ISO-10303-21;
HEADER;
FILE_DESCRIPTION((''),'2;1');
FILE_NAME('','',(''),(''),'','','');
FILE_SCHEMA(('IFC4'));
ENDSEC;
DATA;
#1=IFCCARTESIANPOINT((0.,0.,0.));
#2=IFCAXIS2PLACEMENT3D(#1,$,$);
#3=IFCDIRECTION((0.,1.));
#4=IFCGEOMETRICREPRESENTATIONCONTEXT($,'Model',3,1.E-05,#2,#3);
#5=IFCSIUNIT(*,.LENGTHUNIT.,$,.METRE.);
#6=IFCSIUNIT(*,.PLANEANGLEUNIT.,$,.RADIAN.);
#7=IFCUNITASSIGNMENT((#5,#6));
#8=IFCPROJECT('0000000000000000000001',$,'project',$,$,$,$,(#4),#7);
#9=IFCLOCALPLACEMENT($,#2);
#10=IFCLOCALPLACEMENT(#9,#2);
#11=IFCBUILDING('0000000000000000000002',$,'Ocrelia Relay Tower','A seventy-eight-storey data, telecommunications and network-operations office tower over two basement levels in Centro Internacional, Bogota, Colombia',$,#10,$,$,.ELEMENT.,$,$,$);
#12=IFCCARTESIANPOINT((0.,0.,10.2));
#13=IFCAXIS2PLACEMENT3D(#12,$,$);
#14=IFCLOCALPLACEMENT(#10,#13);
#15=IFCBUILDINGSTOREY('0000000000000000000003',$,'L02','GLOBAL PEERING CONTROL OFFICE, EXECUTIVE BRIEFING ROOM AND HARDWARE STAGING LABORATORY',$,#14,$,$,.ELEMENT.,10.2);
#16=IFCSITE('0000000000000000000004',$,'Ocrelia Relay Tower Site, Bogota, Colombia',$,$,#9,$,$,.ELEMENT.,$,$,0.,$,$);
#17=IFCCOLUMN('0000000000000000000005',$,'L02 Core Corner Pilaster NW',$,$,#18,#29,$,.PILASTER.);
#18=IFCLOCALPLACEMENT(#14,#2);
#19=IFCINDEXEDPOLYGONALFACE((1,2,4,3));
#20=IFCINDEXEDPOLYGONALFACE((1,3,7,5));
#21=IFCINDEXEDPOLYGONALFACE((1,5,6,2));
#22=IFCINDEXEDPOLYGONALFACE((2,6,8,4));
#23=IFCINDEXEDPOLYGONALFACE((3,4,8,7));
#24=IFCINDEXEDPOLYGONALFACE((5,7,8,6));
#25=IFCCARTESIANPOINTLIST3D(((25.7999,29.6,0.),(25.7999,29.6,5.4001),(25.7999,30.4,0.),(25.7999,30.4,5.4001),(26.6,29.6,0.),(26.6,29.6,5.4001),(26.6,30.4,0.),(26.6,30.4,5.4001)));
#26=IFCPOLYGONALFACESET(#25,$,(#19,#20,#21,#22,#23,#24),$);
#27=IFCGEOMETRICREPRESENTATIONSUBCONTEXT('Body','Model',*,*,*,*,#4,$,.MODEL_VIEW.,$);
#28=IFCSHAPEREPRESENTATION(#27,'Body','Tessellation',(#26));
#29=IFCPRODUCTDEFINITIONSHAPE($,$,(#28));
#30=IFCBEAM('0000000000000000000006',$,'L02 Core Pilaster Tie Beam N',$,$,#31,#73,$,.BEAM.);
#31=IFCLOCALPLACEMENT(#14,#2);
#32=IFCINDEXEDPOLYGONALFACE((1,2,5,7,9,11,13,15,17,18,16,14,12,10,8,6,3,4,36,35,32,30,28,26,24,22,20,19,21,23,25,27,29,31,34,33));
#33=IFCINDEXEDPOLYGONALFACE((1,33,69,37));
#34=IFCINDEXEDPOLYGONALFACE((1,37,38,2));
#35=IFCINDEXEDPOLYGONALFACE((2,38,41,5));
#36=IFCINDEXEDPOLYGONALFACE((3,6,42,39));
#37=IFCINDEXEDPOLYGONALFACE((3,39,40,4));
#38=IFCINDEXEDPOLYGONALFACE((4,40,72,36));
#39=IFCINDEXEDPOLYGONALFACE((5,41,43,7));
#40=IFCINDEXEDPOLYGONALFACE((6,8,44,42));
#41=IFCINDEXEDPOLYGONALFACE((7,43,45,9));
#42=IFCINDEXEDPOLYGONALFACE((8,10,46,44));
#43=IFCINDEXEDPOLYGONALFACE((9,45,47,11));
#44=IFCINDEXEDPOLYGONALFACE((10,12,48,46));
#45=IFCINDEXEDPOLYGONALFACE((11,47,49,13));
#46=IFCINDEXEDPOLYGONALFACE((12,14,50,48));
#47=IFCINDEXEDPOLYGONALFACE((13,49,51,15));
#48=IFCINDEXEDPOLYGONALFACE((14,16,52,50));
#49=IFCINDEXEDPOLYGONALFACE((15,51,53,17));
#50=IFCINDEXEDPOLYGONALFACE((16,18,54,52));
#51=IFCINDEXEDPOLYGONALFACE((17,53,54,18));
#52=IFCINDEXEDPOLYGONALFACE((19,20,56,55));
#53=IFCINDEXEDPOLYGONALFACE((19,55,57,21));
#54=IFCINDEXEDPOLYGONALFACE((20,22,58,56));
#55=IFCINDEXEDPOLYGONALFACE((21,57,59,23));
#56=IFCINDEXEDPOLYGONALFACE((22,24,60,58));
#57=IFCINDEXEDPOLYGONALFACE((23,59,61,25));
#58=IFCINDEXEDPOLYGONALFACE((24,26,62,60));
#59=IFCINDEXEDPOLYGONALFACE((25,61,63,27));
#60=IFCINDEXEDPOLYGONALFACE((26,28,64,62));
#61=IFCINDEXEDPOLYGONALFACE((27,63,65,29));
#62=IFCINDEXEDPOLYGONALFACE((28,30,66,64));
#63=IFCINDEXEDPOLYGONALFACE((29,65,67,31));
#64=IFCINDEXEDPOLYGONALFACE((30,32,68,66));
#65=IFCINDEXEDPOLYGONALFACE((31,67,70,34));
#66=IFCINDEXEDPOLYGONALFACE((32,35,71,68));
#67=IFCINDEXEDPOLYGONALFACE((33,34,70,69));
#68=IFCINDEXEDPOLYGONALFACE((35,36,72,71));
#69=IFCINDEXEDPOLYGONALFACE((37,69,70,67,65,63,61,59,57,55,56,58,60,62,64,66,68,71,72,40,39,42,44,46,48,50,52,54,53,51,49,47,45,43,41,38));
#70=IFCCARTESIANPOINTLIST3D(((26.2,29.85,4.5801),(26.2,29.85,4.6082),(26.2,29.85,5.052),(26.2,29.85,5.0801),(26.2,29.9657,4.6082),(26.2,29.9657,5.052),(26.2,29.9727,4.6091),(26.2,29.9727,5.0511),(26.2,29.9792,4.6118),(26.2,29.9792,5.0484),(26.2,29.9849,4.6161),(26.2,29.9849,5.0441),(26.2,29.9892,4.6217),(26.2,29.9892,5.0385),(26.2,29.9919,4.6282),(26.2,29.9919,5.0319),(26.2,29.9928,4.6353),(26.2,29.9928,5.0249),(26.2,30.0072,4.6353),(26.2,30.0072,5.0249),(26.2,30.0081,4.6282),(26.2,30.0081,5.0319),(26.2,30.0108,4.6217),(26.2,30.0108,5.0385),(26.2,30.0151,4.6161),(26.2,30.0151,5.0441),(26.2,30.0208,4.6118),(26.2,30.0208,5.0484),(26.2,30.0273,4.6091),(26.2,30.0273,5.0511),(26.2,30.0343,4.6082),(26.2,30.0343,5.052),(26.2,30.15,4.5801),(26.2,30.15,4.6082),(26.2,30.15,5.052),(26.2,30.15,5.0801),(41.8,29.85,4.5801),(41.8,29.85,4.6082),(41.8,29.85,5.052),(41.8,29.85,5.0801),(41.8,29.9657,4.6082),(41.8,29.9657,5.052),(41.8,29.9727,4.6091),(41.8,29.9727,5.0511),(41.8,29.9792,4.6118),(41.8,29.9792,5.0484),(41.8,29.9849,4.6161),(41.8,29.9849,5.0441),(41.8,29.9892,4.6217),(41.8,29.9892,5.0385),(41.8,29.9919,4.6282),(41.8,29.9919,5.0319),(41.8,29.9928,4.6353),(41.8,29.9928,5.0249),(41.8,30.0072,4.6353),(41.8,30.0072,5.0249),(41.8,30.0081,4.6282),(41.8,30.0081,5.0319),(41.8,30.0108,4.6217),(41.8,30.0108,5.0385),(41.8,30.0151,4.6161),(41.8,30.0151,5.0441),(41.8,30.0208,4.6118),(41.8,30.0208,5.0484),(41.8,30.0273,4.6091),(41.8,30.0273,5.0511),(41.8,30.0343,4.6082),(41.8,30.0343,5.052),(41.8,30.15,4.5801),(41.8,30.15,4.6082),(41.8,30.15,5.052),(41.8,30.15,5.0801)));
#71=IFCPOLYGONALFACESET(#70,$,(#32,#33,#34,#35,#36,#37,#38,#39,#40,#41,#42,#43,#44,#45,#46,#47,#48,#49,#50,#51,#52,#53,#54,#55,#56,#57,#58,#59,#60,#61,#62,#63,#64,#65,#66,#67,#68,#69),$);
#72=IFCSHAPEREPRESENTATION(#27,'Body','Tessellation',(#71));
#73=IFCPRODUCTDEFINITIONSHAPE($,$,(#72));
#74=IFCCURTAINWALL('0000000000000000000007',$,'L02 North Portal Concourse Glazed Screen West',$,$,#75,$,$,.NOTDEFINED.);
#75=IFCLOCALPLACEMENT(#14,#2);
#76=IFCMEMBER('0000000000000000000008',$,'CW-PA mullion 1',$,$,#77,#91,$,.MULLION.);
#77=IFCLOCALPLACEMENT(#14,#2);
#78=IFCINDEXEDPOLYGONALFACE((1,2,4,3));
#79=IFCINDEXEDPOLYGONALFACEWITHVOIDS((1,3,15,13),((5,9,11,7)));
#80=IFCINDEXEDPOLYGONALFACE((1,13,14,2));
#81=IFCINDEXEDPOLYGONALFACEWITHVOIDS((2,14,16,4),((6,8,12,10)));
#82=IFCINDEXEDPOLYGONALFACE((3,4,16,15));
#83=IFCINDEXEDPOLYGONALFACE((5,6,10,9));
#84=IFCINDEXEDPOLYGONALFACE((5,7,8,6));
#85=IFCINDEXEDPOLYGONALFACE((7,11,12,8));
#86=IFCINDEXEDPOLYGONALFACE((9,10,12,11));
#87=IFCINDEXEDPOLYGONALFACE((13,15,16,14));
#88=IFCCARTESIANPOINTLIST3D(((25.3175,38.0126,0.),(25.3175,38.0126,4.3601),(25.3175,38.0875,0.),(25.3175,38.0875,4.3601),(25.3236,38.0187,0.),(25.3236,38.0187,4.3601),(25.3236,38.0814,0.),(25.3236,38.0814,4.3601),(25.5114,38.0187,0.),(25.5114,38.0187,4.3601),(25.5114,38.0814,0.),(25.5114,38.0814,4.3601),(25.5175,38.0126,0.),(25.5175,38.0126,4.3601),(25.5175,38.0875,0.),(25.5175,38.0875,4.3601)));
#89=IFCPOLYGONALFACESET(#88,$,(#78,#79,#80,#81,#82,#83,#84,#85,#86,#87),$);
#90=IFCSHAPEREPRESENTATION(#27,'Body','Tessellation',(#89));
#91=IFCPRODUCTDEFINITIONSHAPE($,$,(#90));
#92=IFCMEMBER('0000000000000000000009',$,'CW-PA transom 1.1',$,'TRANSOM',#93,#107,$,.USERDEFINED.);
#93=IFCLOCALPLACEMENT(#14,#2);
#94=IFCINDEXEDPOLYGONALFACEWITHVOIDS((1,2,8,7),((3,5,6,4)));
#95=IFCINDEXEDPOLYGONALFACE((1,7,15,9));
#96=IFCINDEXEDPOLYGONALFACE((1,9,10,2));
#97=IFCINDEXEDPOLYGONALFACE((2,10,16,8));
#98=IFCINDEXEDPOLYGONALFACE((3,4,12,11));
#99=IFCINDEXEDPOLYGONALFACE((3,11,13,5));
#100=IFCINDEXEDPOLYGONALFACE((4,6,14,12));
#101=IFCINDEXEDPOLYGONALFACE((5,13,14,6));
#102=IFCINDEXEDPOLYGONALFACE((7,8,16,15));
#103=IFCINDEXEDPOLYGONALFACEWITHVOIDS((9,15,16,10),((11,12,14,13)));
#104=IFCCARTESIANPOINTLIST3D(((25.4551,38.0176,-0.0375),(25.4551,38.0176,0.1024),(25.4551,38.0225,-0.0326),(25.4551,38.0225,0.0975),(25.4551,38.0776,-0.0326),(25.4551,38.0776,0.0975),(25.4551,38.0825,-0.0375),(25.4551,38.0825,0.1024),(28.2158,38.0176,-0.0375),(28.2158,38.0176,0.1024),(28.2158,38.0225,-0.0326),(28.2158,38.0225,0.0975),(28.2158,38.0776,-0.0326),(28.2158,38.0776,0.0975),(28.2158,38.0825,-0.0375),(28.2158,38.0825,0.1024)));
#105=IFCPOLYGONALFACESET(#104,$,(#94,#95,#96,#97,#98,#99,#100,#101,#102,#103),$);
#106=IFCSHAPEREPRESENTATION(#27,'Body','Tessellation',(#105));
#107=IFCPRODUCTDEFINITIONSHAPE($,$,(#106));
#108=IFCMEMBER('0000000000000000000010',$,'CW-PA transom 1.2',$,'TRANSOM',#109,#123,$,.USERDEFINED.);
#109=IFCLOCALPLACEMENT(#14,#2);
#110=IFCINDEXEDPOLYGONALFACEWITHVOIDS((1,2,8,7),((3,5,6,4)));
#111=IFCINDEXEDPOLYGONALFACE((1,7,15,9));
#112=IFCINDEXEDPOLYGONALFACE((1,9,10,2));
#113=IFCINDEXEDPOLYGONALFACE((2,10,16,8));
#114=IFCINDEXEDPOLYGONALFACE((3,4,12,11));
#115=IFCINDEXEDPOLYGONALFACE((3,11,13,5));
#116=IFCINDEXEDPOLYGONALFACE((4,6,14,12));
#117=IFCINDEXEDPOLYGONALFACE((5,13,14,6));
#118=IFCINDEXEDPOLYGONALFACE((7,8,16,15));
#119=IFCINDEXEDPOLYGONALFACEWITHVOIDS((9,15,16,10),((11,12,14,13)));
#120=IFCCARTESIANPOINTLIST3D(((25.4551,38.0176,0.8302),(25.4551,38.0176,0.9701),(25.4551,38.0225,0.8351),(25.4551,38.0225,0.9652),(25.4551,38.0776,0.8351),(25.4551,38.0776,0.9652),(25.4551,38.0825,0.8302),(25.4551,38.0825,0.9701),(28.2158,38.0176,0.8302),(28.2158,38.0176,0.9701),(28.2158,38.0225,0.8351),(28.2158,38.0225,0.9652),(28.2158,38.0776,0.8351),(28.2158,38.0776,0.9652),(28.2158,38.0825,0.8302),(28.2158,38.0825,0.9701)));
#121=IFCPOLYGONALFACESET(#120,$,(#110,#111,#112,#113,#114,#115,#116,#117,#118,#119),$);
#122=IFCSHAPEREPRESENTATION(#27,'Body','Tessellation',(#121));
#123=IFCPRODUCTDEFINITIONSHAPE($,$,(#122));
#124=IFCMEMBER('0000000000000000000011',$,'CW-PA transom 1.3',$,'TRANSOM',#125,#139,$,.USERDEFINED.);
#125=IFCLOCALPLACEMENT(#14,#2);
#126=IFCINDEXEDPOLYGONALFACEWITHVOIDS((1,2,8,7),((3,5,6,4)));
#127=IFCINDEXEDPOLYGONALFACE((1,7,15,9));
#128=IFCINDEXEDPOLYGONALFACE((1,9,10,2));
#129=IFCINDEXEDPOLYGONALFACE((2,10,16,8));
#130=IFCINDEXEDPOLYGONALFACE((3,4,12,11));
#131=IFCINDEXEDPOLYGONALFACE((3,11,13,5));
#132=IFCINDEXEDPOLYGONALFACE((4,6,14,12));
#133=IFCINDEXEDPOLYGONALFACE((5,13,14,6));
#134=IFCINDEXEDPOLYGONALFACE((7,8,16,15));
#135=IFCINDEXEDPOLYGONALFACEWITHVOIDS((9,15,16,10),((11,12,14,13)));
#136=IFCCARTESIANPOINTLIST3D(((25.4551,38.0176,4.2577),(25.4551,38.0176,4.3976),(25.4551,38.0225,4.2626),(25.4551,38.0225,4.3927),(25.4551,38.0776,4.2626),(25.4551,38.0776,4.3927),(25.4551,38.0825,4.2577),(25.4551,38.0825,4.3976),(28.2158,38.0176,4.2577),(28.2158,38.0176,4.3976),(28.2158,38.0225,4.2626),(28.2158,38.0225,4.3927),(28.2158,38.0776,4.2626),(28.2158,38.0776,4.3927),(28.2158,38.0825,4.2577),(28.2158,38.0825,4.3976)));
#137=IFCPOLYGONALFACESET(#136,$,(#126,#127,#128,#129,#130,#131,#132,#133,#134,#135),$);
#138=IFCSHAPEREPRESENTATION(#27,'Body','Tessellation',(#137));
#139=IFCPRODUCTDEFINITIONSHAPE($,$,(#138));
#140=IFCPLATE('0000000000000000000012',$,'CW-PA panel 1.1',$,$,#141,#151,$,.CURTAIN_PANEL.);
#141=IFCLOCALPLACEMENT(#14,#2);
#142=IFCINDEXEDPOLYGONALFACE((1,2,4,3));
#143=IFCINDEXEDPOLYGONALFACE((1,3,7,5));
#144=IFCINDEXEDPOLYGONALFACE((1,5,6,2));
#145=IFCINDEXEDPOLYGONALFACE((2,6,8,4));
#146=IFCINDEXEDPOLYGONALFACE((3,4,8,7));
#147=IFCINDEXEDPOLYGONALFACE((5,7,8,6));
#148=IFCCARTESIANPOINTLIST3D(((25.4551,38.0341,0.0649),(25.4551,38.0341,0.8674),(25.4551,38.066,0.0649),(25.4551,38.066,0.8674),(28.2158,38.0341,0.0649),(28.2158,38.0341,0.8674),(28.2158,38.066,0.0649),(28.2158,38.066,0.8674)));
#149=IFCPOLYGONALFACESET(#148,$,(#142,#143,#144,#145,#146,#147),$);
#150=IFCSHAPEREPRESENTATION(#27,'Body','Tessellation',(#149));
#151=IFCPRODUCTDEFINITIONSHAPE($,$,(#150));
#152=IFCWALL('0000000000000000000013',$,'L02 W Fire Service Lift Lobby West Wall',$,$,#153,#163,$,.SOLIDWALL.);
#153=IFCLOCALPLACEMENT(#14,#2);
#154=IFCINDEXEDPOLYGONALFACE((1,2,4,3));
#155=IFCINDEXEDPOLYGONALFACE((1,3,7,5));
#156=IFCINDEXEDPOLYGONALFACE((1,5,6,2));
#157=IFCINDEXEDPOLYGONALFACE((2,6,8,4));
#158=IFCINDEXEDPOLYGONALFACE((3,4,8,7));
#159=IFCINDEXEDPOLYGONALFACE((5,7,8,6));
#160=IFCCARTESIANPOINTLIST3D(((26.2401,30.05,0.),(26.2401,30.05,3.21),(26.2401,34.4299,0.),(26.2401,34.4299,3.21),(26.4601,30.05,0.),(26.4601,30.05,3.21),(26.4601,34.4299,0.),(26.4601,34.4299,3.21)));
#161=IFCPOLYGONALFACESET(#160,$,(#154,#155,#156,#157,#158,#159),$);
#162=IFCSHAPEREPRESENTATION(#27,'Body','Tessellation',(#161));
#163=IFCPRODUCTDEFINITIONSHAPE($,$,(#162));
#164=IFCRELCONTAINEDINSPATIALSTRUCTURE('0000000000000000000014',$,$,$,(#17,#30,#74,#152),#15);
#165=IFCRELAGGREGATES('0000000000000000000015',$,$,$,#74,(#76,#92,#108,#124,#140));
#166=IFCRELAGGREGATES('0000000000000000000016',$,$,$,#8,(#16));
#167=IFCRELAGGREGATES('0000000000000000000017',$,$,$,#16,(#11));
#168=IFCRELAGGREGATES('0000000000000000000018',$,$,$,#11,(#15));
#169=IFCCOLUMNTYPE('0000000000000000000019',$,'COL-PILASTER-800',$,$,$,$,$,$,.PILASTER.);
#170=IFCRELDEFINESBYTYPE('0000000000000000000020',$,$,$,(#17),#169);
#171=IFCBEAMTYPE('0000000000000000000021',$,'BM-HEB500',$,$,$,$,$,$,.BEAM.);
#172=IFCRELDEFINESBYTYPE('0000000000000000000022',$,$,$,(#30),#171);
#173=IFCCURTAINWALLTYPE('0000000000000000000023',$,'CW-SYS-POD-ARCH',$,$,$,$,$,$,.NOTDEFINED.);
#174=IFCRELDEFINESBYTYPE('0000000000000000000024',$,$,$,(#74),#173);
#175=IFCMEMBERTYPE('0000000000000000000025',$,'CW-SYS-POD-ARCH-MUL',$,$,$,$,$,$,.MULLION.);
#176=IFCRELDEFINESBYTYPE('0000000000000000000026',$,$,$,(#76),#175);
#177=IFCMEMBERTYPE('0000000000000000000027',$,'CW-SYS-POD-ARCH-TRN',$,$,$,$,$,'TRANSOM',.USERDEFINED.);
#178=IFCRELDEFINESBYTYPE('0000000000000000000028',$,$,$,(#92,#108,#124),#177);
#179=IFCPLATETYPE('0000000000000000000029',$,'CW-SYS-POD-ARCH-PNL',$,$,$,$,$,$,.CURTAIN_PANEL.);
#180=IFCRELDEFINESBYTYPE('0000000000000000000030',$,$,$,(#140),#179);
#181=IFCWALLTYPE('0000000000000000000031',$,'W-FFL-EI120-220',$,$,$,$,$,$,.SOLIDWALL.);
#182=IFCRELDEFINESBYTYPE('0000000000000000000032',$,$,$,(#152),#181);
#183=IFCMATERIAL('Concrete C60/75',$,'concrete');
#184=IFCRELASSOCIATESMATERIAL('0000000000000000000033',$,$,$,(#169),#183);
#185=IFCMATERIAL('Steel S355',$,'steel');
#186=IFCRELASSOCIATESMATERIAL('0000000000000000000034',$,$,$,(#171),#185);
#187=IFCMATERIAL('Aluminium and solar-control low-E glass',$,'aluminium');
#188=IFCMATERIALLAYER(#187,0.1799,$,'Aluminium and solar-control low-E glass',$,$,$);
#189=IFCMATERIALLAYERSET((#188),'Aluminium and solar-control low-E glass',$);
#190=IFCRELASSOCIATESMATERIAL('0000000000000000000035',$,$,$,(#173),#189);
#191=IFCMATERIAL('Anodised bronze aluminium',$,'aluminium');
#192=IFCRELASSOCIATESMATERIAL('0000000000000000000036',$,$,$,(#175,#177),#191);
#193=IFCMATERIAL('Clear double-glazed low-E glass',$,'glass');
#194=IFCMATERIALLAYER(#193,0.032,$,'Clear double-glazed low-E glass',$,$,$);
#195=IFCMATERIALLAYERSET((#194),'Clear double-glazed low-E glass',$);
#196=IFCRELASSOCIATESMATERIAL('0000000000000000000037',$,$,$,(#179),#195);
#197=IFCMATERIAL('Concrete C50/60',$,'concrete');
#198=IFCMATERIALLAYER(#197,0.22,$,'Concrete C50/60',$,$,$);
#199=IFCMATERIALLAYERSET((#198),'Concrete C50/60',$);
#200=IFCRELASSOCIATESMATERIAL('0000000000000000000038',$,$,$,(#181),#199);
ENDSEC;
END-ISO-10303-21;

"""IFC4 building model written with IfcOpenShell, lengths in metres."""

from ifc_helpers import new_model, si_unit, direction, frame, frame_2d, origin, origin_2d, place, context, subcontext, project, spatial, rectangle, hollow_rectangle, i_section, extrude, material, layer, layer_set, material_profile, profile_set, type_object, element, aggregate, save


model = new_model("IFC4")

# Units and contexts
model_context = context("Model", 3, precision=1e-05, world=origin(), true_north=direction((0.0, 1.0)))
body_context = subcontext(model_context, "Body", "Model", "MODEL_VIEW")
ifc_project = project(units=[si_unit("LENGTHUNIT", "METRE"), si_unit("PLANEANGLEUNIT", "RADIAN")], contexts=[model_context])

# Site, building, storey
site_placement = place(None, origin())
site = spatial("IfcSite", under=ifc_project, at=site_placement, Name="Ocrelia Relay Tower Site, Bogota, Colombia", CompositionType="ELEMENT", RefElevation=0.0)
building_placement = place(site_placement, origin())
building = spatial("IfcBuilding", under=site, at=building_placement, Name="Ocrelia Relay Tower", Description="A seventy-eight-storey data, telecommunications and network-operations office tower over two basement levels in Centro Internacional, Bogota, Colombia", CompositionType="ELEMENT")
storey_placement = place(building_placement, frame((0.0, 0.0, 10.2)))
storey = spatial("IfcBuildingStorey", under=building, at=storey_placement, Name="L02", Description="GLOBAL PEERING CONTROL OFFICE, EXECUTIVE BRIEFING ROOM AND HARDWARE STAGING LABORATORY", CompositionType="ELEMENT", Elevation=10.2)

# Column
ifc_material_1 = material(Name="Concrete C60/75", Category="concrete")
ifc_material_profile_1 = material_profile(ifc_material_1, rectangle(XDim=0.8, YDim=0.8, at=origin_2d()), Name="RC-COL-800x800")
ifc_profile_set_1 = profile_set([ifc_material_profile_1], Name="Concrete C60/75")
column_type = type_object("IfcColumnType", Name="COL-PILASTER-800", PredefinedType="PILASTER", material=ifc_profile_set_1)
column_placement = place(storey_placement, frame((26.2, 30.0, 0.0), z_axis=(0.0, 0.0, 1.0), x_axis=(1.0, 0.0, 0.0)))
element("IfcColumn", 1, at=column_placement, inside=storey, type_object=column_type, Name="L02 Core Corner Pilaster NW", PredefinedType="PILASTER", context=body_context, shape_type="SweptSolid", body=[
    extrude(rectangle(XDim=0.8, YDim=0.8, at=origin_2d()), origin(), (0.0, 0.0, 1.0), 5.4001),
])

# Beam
ifc_material_2 = material(Name="Steel S355", Category="steel")
ifc_material_profile_2 = material_profile(ifc_material_2, i_section(OverallWidth=0.3, OverallDepth=0.5, WebThickness=0.0144, FlangeThickness=0.0281, FilletRadius=0.0271, at=origin_2d()), Name="HEB 500")
ifc_profile_set_2 = profile_set([ifc_material_profile_2], Name="Steel S355")
beam_type = type_object("IfcBeamType", Name="BM-HEB500", PredefinedType="BEAM", material=ifc_profile_set_2)
beam_placement = place(storey_placement, frame((26.2, 30.0, 4.8301), z_axis=(1.0, 0.0, 0.0), x_axis=(0.0, 1.0, 0.0)))
element("IfcBeam", 2, at=beam_placement, inside=storey, type_object=beam_type, Name="L02 Core Pilaster Tie Beam N", PredefinedType="BEAM", context=body_context, shape_type="SweptSolid", body=[
    extrude(i_section(OverallWidth=0.3, OverallDepth=0.5, WebThickness=0.0144, FlangeThickness=0.0281, FilletRadius=0.0271, at=origin_2d()), origin(), (0.0, 0.0, 1.0), 15.6001),
])

# Curtain wall, members, plate
ifc_material_3 = material(Name="Aluminium and solar-control low-E glass", Category="aluminium")
ifc_layer_1 = layer(ifc_material_3, 0.1799, Name="Aluminium and solar-control low-E glass")
ifc_layer_set_1 = layer_set([ifc_layer_1], Name="Aluminium and solar-control low-E glass")
curtain_wall_type = type_object("IfcCurtainWallType", Name="CW-SYS-POD-ARCH", PredefinedType="NOTDEFINED", material=ifc_layer_set_1)
curtain_wall_placement = place(storey_placement, origin())
curtain_wall = element("IfcCurtainWall", 3, at=curtain_wall_placement, inside=storey, type_object=curtain_wall_type, Name="L02 North Portal Concourse Glazed Screen West", PredefinedType="NOTDEFINED")
ifc_material_4 = material(Name="Anodised bronze aluminium", Category="aluminium")
ifc_material_profile_3 = material_profile(ifc_material_4, hollow_rectangle(XDim=0.075, YDim=0.2, WallThickness=0.0061, at=origin_2d()), Name="CW-MUL-200x75")
ifc_profile_set_3 = profile_set([ifc_material_profile_3], Name="Anodised bronze aluminium")
member_type_1 = type_object("IfcMemberType", Name="CW-SYS-POD-ARCH-MUL", PredefinedType="MULLION", material=ifc_profile_set_3)
member_1_placement = place(storey_placement, frame((25.4175, 38.05, 0.0), z_axis=(0.0, 0.0, 1.0), x_axis=(0.0, 1.0, 0.0)))
member_1 = element("IfcMember", 4, at=member_1_placement, type_object=member_type_1, Name="CW-PA mullion 1", PredefinedType="MULLION", context=body_context, shape_type="SweptSolid", body=[
    extrude(hollow_rectangle(XDim=0.075, YDim=0.2, WallThickness=0.0061, at=origin_2d()), origin(), (0.0, 0.0, 1.0), 4.3601),
])
ifc_material_profile_4 = material_profile(ifc_material_4, hollow_rectangle(XDim=0.0649, YDim=0.1399, WallThickness=0.0049, at=origin_2d()), Name="CW-TRN-140x65")
ifc_profile_set_4 = profile_set([ifc_material_profile_4], Name="Anodised bronze aluminium")
member_type_2 = type_object("IfcMemberType", Name="CW-SYS-POD-ARCH-TRN", ElementType="TRANSOM", PredefinedType="USERDEFINED", material=ifc_profile_set_4)
member_2_placement = place(storey_placement, frame((25.4551, 38.05, 0.0325), z_axis=(1.0, 0.0, 0.0), x_axis=(0.0, 1.0, 0.0)))
member_2 = element("IfcMember", 5, at=member_2_placement, type_object=member_type_2, Name="CW-PA transom 1.1", ObjectType="TRANSOM", PredefinedType="USERDEFINED", context=body_context, shape_type="SweptSolid", body=[
    extrude(hollow_rectangle(XDim=0.0649, YDim=0.1399, WallThickness=0.0049, at=origin_2d()), origin(), (0.0, 0.0, 1.0), 2.7607),
])
member_3_placement = place(storey_placement, frame((25.4551, 38.05, 0.9001), z_axis=(1.0, 0.0, 0.0), x_axis=(0.0, 1.0, 0.0)))
member_3 = element("IfcMember", 6, at=member_3_placement, type_object=member_type_2, Name="CW-PA transom 1.2", ObjectType="TRANSOM", PredefinedType="USERDEFINED", context=body_context, shape_type="SweptSolid", body=[
    extrude(hollow_rectangle(XDim=0.0649, YDim=0.1399, WallThickness=0.0049, at=origin_2d()), origin(), (0.0, 0.0, 1.0), 2.7607),
])
member_4_placement = place(storey_placement, frame((25.4551, 38.05, 4.3276), z_axis=(1.0, 0.0, 0.0), x_axis=(0.0, 1.0, 0.0)))
member_4 = element("IfcMember", 7, at=member_4_placement, type_object=member_type_2, Name="CW-PA transom 1.3", ObjectType="TRANSOM", PredefinedType="USERDEFINED", context=body_context, shape_type="SweptSolid", body=[
    extrude(hollow_rectangle(XDim=0.0649, YDim=0.1399, WallThickness=0.0049, at=origin_2d()), origin(), (0.0, 0.0, 1.0), 2.7607),
])
ifc_material_5 = material(Name="Clear double-glazed low-E glass", Category="glass")
ifc_layer_2 = layer(ifc_material_5, 0.032, Name="Clear double-glazed low-E glass")
ifc_layer_set_2 = layer_set([ifc_layer_2], Name="Clear double-glazed low-E glass")
plate_type = type_object("IfcPlateType", Name="CW-SYS-POD-ARCH-PNL", PredefinedType="CURTAIN_PANEL", material=ifc_layer_set_2)
plate_placement = place(storey_placement, frame((26.8354, 38.05, 0.0649), z_axis=(0.0, 0.0, 1.0), x_axis=(1.0, 0.0, 0.0)))
plate = element("IfcPlate", 8, at=plate_placement, type_object=plate_type, Name="CW-PA panel 1.1", PredefinedType="CURTAIN_PANEL", context=body_context, shape_type="SweptSolid", body=[
    extrude(rectangle(XDim=2.7607, YDim=0.032, at=origin_2d()), origin(), (0.0, 0.0, 1.0), 0.8025),
])
aggregate(curtain_wall, [member_1, member_2, member_3, member_4, plate])

# Wall
ifc_material_6 = material(Name="Concrete C50/60", Category="concrete")
ifc_layer_3 = layer(ifc_material_6, 0.22, Name="Concrete C50/60")
ifc_layer_set_3 = layer_set([ifc_layer_3], Name="Concrete C50/60")
wall_type_1 = type_object("IfcWallType", Name="W-FFL-EI120-220", PredefinedType="SOLIDWALL", material=ifc_layer_set_3)
wall_1_placement = place(storey_placement, frame((26.3501, 30.05, 0.0), z_axis=(0.0, 0.0, 1.0), x_axis=(0.0, 1.0, 0.0)))
element("IfcWall", 9, at=wall_1_placement, inside=storey, type_object=wall_type_1, Name="L02 W Fire Service Lift Lobby West Wall", PredefinedType="SOLIDWALL", context=body_context, shape_type="SweptSolid", body=[
    extrude(rectangle(XDim=4.3799, YDim=0.22, at=frame_2d((2.1899, 0.0))), origin(), (0.0, 0.0, 1.0), 3.21),
])

save(model, "model.ifc")
